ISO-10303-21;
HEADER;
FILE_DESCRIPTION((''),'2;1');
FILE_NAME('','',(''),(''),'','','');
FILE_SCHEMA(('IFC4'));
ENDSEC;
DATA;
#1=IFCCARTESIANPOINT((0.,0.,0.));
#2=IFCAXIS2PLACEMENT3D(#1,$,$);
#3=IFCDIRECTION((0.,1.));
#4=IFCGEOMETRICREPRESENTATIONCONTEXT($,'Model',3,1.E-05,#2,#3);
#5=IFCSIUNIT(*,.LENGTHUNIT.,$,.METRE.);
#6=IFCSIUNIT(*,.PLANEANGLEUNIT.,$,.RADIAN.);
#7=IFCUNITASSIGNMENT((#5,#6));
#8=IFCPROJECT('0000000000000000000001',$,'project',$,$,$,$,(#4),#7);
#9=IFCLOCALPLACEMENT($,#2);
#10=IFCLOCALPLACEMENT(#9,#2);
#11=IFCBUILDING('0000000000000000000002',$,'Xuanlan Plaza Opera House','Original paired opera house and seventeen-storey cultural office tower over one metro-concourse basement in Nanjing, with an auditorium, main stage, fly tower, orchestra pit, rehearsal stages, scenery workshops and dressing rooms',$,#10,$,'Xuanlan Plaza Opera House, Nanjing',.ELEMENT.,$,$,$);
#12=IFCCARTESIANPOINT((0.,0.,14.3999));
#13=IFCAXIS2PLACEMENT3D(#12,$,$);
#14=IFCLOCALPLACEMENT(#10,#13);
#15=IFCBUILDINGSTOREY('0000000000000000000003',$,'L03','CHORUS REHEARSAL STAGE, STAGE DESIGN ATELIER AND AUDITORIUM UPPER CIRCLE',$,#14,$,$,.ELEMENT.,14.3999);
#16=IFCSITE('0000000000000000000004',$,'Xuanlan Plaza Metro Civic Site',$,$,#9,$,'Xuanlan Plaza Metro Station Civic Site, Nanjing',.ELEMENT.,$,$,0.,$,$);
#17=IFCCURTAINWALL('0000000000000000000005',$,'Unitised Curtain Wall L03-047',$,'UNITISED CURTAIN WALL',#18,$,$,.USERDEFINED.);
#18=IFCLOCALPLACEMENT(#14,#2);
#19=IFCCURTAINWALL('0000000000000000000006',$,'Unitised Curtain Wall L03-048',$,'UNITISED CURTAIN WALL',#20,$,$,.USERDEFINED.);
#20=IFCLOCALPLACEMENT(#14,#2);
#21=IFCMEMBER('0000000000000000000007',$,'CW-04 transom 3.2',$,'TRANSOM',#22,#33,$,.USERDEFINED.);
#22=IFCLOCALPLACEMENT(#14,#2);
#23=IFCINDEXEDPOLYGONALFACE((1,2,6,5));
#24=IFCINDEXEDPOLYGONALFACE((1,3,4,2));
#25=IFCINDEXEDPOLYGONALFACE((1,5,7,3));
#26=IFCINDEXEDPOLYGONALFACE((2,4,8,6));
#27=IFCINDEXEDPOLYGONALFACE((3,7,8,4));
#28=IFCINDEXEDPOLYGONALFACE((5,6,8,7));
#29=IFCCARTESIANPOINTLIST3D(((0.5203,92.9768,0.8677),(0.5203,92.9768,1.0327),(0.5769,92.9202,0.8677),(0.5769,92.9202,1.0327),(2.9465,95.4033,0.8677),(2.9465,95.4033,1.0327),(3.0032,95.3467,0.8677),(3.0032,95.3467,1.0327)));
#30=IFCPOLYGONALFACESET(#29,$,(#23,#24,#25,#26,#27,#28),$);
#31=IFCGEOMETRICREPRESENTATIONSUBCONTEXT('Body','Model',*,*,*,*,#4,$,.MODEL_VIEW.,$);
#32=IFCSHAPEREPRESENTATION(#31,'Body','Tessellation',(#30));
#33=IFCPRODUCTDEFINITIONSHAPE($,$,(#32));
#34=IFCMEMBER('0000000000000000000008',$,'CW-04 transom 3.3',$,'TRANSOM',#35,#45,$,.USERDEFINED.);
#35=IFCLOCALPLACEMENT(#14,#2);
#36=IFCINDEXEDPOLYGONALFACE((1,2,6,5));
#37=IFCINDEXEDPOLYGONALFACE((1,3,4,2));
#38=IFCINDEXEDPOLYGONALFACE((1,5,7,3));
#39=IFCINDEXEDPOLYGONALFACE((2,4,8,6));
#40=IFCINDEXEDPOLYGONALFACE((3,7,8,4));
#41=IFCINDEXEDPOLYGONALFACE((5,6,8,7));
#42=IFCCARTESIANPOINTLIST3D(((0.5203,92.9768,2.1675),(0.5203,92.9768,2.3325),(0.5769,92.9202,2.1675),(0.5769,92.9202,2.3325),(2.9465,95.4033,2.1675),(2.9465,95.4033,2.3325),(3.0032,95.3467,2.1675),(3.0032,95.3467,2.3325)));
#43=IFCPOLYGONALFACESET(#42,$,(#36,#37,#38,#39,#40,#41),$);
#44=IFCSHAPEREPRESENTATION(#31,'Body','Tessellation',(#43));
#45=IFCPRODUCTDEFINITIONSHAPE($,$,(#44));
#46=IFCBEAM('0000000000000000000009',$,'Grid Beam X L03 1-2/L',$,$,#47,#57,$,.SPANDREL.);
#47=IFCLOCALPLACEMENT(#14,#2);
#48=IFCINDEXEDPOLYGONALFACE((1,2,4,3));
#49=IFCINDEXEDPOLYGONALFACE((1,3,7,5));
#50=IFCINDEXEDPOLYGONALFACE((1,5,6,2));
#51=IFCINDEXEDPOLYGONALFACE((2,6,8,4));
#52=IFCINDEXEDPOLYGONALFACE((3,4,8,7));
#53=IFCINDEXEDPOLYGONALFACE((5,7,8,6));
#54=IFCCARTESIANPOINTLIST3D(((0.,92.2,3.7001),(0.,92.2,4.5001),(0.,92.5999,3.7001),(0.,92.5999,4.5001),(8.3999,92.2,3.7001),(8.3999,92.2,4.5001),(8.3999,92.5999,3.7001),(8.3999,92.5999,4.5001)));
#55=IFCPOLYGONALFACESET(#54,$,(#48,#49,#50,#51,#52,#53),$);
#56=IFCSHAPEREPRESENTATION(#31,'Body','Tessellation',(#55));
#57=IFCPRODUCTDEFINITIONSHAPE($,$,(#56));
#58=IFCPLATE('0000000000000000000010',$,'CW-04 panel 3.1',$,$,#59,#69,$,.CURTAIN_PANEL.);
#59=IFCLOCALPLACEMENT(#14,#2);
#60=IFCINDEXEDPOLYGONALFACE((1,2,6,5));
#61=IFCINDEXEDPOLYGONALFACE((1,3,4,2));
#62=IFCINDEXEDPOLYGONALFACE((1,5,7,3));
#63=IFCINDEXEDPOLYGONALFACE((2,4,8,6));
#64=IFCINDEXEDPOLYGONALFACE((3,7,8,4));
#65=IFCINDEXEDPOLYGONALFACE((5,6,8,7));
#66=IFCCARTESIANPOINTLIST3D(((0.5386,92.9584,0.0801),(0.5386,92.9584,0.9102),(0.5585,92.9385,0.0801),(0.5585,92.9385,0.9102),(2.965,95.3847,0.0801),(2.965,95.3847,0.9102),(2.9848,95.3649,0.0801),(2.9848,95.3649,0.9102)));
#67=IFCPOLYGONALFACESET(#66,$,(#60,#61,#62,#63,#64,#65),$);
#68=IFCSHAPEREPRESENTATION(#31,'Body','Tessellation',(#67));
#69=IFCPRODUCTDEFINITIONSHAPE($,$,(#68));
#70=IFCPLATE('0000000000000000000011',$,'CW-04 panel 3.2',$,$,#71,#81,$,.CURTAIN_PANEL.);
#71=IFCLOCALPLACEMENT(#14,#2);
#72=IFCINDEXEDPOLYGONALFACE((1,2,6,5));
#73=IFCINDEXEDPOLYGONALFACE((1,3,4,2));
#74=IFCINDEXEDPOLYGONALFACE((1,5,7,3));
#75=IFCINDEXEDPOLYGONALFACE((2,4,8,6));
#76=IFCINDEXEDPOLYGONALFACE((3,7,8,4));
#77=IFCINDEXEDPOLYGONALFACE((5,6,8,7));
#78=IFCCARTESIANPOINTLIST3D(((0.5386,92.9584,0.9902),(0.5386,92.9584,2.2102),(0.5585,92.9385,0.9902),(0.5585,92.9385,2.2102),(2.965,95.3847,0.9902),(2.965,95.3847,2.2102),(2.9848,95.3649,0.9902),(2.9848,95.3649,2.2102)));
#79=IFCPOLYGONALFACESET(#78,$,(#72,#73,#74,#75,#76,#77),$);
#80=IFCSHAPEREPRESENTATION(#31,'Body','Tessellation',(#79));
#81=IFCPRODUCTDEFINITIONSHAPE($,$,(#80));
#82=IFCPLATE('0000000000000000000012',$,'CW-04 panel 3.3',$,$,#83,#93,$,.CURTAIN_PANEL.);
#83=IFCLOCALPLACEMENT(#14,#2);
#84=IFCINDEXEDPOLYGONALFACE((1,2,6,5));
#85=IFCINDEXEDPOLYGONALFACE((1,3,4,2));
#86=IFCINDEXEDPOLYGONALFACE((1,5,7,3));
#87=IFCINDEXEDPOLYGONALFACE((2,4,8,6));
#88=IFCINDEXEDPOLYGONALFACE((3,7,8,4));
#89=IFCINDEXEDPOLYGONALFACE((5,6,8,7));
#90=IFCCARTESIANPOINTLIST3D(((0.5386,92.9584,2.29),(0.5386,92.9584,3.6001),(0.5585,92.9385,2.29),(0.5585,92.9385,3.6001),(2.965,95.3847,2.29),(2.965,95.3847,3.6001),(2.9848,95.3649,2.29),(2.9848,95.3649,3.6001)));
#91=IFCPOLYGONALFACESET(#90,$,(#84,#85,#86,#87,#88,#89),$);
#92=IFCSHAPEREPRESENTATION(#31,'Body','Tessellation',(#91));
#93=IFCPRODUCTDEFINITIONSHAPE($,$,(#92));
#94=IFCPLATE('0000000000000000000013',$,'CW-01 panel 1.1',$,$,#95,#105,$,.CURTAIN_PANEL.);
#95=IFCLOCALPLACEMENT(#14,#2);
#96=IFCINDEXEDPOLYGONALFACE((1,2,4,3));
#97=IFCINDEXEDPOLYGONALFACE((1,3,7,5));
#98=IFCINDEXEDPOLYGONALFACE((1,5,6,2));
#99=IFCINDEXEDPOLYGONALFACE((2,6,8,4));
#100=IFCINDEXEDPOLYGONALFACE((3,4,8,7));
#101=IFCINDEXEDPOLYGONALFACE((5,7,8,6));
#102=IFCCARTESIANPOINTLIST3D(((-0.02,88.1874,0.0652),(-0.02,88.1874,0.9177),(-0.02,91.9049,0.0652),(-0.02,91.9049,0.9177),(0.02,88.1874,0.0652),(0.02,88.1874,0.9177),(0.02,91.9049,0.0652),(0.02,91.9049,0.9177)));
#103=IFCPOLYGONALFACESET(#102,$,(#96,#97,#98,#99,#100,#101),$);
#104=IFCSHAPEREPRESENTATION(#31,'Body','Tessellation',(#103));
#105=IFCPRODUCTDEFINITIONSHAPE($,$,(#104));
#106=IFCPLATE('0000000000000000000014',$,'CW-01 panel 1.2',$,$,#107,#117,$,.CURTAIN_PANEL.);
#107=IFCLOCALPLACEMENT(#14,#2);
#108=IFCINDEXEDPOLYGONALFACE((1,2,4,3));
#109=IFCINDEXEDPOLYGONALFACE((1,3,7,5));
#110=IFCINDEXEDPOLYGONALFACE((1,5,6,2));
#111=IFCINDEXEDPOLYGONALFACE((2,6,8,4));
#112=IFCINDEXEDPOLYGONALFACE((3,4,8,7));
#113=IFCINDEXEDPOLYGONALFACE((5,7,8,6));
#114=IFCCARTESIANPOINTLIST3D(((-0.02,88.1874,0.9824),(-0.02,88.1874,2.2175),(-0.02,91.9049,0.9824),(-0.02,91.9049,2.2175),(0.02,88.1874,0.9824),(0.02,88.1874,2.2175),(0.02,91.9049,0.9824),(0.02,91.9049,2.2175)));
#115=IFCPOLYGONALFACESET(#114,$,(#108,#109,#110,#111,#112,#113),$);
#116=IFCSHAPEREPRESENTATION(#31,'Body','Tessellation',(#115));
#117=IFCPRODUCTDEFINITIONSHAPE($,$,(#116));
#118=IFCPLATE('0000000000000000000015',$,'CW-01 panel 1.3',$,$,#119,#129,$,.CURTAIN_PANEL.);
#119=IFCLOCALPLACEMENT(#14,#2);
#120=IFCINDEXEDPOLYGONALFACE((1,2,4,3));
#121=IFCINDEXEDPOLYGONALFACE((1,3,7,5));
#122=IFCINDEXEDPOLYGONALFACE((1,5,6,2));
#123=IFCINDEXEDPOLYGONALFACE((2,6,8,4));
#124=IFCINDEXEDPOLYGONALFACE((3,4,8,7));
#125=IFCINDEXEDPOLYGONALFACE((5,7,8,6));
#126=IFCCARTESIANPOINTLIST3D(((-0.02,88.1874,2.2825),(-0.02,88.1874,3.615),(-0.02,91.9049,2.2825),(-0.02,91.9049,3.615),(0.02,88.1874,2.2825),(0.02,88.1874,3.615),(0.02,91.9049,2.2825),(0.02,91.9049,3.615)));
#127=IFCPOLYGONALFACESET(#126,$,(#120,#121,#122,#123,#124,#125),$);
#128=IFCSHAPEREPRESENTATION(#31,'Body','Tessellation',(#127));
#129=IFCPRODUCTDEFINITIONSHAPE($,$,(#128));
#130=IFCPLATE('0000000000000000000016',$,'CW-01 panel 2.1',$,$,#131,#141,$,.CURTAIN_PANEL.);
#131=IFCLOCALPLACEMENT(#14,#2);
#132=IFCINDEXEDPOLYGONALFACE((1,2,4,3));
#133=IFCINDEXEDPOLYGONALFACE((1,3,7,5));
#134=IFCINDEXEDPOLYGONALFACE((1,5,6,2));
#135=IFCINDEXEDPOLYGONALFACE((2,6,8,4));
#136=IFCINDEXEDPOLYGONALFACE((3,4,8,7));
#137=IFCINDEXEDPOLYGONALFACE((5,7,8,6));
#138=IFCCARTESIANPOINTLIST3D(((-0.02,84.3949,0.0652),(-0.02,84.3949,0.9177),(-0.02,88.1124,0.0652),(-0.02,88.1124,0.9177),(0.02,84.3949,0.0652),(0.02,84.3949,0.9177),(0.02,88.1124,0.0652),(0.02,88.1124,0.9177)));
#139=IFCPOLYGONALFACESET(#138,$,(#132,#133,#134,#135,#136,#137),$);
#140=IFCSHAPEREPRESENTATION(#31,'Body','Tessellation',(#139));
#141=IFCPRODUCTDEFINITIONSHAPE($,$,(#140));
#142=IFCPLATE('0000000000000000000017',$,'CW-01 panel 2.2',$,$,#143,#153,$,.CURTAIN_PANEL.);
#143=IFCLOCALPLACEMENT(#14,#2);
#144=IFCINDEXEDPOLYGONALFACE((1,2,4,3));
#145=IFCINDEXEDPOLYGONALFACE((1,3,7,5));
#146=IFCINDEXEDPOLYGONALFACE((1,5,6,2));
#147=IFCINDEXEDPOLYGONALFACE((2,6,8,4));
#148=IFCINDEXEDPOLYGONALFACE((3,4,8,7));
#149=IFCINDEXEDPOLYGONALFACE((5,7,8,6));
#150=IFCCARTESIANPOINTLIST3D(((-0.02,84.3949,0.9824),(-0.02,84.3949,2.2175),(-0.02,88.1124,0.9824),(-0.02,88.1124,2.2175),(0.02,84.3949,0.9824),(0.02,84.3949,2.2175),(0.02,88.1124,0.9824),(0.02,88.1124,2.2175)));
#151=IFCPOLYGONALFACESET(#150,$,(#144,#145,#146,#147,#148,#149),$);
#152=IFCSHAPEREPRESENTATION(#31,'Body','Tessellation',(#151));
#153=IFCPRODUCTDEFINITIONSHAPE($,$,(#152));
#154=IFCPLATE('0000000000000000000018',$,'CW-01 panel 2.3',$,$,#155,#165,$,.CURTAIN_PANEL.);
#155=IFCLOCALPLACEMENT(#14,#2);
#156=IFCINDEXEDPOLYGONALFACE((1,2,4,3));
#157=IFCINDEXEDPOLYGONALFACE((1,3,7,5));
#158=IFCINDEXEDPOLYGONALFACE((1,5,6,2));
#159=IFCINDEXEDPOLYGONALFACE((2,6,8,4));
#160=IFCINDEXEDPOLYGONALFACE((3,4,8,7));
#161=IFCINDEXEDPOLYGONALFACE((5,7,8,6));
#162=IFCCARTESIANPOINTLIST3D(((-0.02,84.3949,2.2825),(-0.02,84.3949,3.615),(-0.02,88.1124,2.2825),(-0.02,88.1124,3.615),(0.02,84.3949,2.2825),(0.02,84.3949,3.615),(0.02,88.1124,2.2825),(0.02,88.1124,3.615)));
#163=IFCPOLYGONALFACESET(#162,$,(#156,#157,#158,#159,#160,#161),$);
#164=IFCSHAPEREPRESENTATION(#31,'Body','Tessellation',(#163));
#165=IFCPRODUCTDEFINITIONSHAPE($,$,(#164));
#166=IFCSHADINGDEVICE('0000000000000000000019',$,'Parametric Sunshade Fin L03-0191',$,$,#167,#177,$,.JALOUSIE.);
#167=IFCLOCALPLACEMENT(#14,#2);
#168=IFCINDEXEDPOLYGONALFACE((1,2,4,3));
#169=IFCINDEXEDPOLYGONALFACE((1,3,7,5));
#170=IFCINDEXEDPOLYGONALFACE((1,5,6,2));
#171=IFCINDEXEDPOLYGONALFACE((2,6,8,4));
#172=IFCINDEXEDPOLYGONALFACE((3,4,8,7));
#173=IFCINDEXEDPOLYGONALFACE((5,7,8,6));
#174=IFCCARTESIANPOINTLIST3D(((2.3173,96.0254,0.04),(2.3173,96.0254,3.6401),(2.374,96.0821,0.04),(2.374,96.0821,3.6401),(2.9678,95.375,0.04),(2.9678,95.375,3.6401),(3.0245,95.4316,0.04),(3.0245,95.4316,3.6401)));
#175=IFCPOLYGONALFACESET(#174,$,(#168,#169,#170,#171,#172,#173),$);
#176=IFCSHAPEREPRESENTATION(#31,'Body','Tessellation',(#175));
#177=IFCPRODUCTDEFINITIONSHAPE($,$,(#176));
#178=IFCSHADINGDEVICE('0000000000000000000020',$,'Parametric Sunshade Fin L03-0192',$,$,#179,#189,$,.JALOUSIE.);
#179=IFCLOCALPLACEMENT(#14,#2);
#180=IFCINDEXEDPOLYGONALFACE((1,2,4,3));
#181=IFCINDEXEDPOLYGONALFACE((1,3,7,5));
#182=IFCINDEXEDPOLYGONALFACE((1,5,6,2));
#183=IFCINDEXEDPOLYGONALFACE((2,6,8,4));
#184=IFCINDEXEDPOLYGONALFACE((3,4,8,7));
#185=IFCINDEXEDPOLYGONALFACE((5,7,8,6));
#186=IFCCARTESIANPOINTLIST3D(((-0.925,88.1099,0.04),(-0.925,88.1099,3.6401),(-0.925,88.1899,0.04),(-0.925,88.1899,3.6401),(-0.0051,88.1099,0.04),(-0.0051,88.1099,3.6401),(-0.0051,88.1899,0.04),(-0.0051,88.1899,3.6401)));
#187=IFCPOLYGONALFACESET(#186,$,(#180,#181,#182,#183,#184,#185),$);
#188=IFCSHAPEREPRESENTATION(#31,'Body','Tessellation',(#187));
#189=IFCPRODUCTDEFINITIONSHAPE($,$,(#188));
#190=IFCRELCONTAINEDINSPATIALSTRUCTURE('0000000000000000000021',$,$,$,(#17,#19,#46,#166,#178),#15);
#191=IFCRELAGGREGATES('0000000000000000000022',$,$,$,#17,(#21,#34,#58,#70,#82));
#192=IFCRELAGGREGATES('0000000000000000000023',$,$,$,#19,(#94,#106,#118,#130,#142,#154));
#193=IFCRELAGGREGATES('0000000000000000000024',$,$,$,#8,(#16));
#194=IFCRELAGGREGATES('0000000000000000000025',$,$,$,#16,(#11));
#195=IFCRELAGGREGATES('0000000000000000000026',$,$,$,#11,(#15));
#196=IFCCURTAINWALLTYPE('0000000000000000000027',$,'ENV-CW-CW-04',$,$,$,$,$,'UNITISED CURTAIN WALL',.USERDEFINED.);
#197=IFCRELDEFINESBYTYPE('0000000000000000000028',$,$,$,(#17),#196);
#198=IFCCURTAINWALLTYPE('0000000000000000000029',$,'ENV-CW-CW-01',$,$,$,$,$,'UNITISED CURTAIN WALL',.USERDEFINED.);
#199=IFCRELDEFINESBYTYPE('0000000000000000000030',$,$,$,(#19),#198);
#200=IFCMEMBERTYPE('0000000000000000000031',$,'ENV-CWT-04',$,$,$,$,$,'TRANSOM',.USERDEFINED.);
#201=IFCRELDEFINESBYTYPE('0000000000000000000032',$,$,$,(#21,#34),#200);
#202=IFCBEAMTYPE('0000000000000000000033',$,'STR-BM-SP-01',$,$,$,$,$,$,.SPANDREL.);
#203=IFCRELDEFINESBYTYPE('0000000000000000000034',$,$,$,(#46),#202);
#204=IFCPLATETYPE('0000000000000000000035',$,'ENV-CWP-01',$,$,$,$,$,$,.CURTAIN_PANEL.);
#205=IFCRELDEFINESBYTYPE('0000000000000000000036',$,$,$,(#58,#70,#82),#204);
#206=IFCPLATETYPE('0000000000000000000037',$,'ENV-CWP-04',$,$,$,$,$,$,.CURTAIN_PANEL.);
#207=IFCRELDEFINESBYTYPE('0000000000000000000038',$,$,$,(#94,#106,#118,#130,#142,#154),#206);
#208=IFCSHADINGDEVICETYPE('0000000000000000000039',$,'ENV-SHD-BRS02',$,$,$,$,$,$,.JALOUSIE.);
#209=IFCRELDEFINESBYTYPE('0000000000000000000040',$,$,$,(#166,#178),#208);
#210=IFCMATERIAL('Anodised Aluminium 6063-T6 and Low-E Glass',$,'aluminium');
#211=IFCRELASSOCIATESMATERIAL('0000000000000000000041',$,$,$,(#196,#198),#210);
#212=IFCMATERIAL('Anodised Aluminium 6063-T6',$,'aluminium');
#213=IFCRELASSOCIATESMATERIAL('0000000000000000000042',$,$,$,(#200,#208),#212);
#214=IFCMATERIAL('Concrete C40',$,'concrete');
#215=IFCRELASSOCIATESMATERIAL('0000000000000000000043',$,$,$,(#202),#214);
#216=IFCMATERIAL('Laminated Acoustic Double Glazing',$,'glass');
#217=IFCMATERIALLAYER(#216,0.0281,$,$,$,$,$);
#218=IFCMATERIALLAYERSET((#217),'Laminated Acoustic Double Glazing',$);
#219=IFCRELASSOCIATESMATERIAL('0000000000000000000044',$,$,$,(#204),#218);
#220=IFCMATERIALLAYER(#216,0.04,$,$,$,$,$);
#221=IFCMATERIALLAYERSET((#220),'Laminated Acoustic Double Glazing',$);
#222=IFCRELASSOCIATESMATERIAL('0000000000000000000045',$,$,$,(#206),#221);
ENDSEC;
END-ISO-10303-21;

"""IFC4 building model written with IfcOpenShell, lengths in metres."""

from ifc_helpers import new_model, si_unit, direction, frame, origin, origin_2d, place, context, subcontext, project, spatial, rectangle, extrude, material, layer, layer_set, material_profile, profile_set, type_object, element, aggregate, save


model = new_model("IFC4")

# Units and contexts
model_context = context("Model", 3, precision=1e-05, world=origin(), true_north=direction((0.0, 1.0)))
body_context = subcontext(model_context, "Body", "Model", "MODEL_VIEW")
ifc_project = project(units=[si_unit("LENGTHUNIT", "METRE"), si_unit("PLANEANGLEUNIT", "RADIAN")], contexts=[model_context])

# Site, building, storey
site_placement = place(None, origin())
site = spatial("IfcSite", under=ifc_project, at=site_placement, Name="Xuanlan Plaza Metro Civic Site", LongName="Xuanlan Plaza Metro Station Civic Site, Nanjing", CompositionType="ELEMENT", RefElevation=0.0)
building_placement = place(site_placement, origin())
building = spatial("IfcBuilding", under=site, at=building_placement, Name="Xuanlan Plaza Opera House", Description="Original paired opera house and seventeen-storey cultural office tower over one metro-concourse basement in Nanjing, with an auditorium, main stage, fly tower, orchestra pit, rehearsal stages, scenery workshops and dressing rooms", LongName="Xuanlan Plaza Opera House, Nanjing", CompositionType="ELEMENT")
storey_placement = place(building_placement, frame((0.0, 0.0, 14.3999)))
storey = spatial("IfcBuildingStorey", under=building, at=storey_placement, Name="L03", Description="CHORUS REHEARSAL STAGE, STAGE DESIGN ATELIER AND AUDITORIUM UPPER CIRCLE", CompositionType="ELEMENT", Elevation=14.3999)

# Shared definitions
ifc_material_1 = material(Name="Concrete C40", Category="concrete")

# Curtain wall
ifc_material_2 = material(Name="Anodised Aluminium 6063-T6 and Low-E Glass", Category="aluminium")
curtain_wall_type_1 = type_object("IfcCurtainWallType", Name="ENV-CW-CW-04", ElementType="UNITISED CURTAIN WALL", PredefinedType="USERDEFINED", material=ifc_material_2)
curtain_wall_1_placement = place(storey_placement, origin())
curtain_wall_1 = element("IfcCurtainWall", 1, at=curtain_wall_1_placement, inside=storey, type_object=curtain_wall_type_1, Name="Unitised Curtain Wall L03-047", ObjectType="UNITISED CURTAIN WALL", PredefinedType="USERDEFINED")
ifc_material_3 = material(Name="Anodised Aluminium 6063-T6", Category="aluminium")

# Curtain wall
curtain_wall_type_2 = type_object("IfcCurtainWallType", Name="ENV-CW-CW-01", ElementType="UNITISED CURTAIN WALL", PredefinedType="USERDEFINED", material=ifc_material_2)
curtain_wall_2_placement = place(storey_placement, origin())
curtain_wall_2 = element("IfcCurtainWall", 2, at=curtain_wall_2_placement, inside=storey, type_object=curtain_wall_type_2, Name="Unitised Curtain Wall L03-048", ObjectType="UNITISED CURTAIN WALL", PredefinedType="USERDEFINED")

# Members
ifc_material_profile_1 = material_profile(ifc_material_3, rectangle(XDim=0.0801, YDim=0.165, at=origin_2d()), Name="ALU-T 80x165")
ifc_profile_set_1 = profile_set([ifc_material_profile_1], Name="Anodised Aluminium 6063-T6")
member_type_1 = type_object("IfcMemberType", Name="ENV-CWT-04", ElementType="TRANSOM", PredefinedType="USERDEFINED", material=ifc_profile_set_1)
member_1_placement = place(storey_placement, frame((2.9749, 95.375, 0.9502), z_axis=(-0.707071, -0.707142, 0.0), x_axis=(0.707142, -0.707071, 0.0)))
member_1 = element("IfcMember", 3, at=member_1_placement, type_object=member_type_1, Name="CW-04 transom 3.2", ObjectType="TRANSOM", PredefinedType="USERDEFINED", context=body_context, shape_type="SweptSolid", body=[
    extrude(rectangle(XDim=0.0801, YDim=0.165, at=origin_2d()), origin(), (0.0, 0.0, 1.0), 3.4314),
])
member_2_placement = place(storey_placement, frame((2.9749, 95.375, 2.25), z_axis=(-0.707071, -0.707142, 0.0), x_axis=(0.707142, -0.707071, 0.0)))
member_2 = element("IfcMember", 4, at=member_2_placement, type_object=member_type_1, Name="CW-04 transom 3.3", ObjectType="TRANSOM", PredefinedType="USERDEFINED", context=body_context, shape_type="SweptSolid", body=[
    extrude(rectangle(XDim=0.0801, YDim=0.165, at=origin_2d()), origin(), (0.0, 0.0, 1.0), 3.4314),
])

# Beam
ifc_material_profile_2 = material_profile(ifc_material_1, rectangle(XDim=0.3999, YDim=0.8, at=origin_2d()), Name="RC-SPD 400x800")
ifc_profile_set_2 = profile_set([ifc_material_profile_2], Name="Concrete C40")
beam_type = type_object("IfcBeamType", Name="STR-BM-SP-01", PredefinedType="SPANDREL", material=ifc_profile_set_2)
beam_placement = place(storey_placement, frame((0.0, 92.3999, 4.1001), z_axis=(1.0, 0.0, 0.0), x_axis=(0.0, 1.0, 0.0)))
element("IfcBeam", 5, at=beam_placement, inside=storey, type_object=beam_type, Name="Grid Beam X L03 1-2/L", PredefinedType="SPANDREL", context=body_context, shape_type="SweptSolid", body=[
    extrude(rectangle(XDim=0.3999, YDim=0.8, at=origin_2d()), origin(), (0.0, 0.0, 1.0), 8.3999),
])

# Plates
ifc_material_4 = material(Name="Laminated Acoustic Double Glazing", Category="glass")
ifc_layer_1 = layer(ifc_material_4, 0.0281)
ifc_layer_set_1 = layer_set([ifc_layer_1], Name="Laminated Acoustic Double Glazing")
plate_type_1 = type_object("IfcPlateType", Name="ENV-CWP-01", PredefinedType="CURTAIN_PANEL", material=ifc_layer_set_1)
plate_1_placement = place(storey_placement, frame((1.7617, 94.1616, 0.0801), z_axis=(0.0, 0.0, 1.0), x_axis=(-0.707107, -0.707107, 0.0)))
plate_1 = element("IfcPlate", 6, at=plate_1_placement, type_object=plate_type_1, Name="CW-04 panel 3.1", PredefinedType="CURTAIN_PANEL", context=body_context, shape_type="SweptSolid", body=[
    extrude(rectangle(XDim=3.4314, YDim=0.0281, at=origin_2d()), origin(), (0.0, 0.0, 1.0), 0.8301),
])
plate_2_placement = place(storey_placement, frame((1.7617, 94.1616, 0.9902), z_axis=(0.0, 0.0, 1.0), x_axis=(-0.707107, -0.707107, 0.0)))
plate_2 = element("IfcPlate", 7, at=plate_2_placement, type_object=plate_type_1, Name="CW-04 panel 3.2", PredefinedType="CURTAIN_PANEL", context=body_context, shape_type="SweptSolid", body=[
    extrude(rectangle(XDim=3.4314, YDim=0.0281, at=origin_2d()), origin(), (0.0, 0.0, 1.0), 1.22),
])
plate_3_placement = place(storey_placement, frame((1.7617, 94.1616, 2.29), z_axis=(0.0, 0.0, 1.0), x_axis=(-0.707107, -0.707107, 0.0)))
plate_3 = element("IfcPlate", 8, at=plate_3_placement, type_object=plate_type_1, Name="CW-04 panel 3.3", PredefinedType="CURTAIN_PANEL", context=body_context, shape_type="SweptSolid", body=[
    extrude(rectangle(XDim=3.4314, YDim=0.0281, at=origin_2d()), origin(), (0.0, 0.0, 1.0), 1.3101),
])
aggregate(curtain_wall_1, [member_1, member_2, plate_1, plate_2, plate_3])
ifc_layer_2 = layer(ifc_material_4, 0.04)
ifc_layer_set_2 = layer_set([ifc_layer_2], Name="Laminated Acoustic Double Glazing")
plate_type_2 = type_object("IfcPlateType", Name="ENV-CWP-04", PredefinedType="CURTAIN_PANEL", material=ifc_layer_set_2)
plate_4_placement = place(storey_placement, frame((0.0, 90.0461, 0.0652), z_axis=(0.0, 0.0, 1.0), x_axis=(0.0, -1.0, 0.0)))
plate_4 = element("IfcPlate", 9, at=plate_4_placement, type_object=plate_type_2, Name="CW-01 panel 1.1", PredefinedType="CURTAIN_PANEL", context=body_context, shape_type="SweptSolid", body=[
    extrude(rectangle(XDim=3.7175, YDim=0.04, at=origin_2d()), origin(), (0.0, 0.0, 1.0), 0.8525),
])
plate_5_placement = place(storey_placement, frame((0.0, 90.0461, 0.9824), z_axis=(0.0, 0.0, 1.0), x_axis=(0.0, -1.0, 0.0)))
plate_5 = element("IfcPlate", 10, at=plate_5_placement, type_object=plate_type_2, Name="CW-01 panel 1.2", PredefinedType="CURTAIN_PANEL", context=body_context, shape_type="SweptSolid", body=[
    extrude(rectangle(XDim=3.7175, YDim=0.04, at=origin_2d()), origin(), (0.0, 0.0, 1.0), 1.2351),
])
plate_6_placement = place(storey_placement, frame((0.0, 90.0461, 2.2825), z_axis=(0.0, 0.0, 1.0), x_axis=(0.0, -1.0, 0.0)))
plate_6 = element("IfcPlate", 11, at=plate_6_placement, type_object=plate_type_2, Name="CW-01 panel 1.3", PredefinedType="CURTAIN_PANEL", context=body_context, shape_type="SweptSolid", body=[
    extrude(rectangle(XDim=3.7175, YDim=0.04, at=origin_2d()), origin(), (0.0, 0.0, 1.0), 1.3325),
])
plate_7_placement = place(storey_placement, frame((0.0, 86.2537, 0.0652), z_axis=(0.0, 0.0, 1.0), x_axis=(0.0, -1.0, 0.0)))
plate_7 = element("IfcPlate", 12, at=plate_7_placement, type_object=plate_type_2, Name="CW-01 panel 2.1", PredefinedType="CURTAIN_PANEL", context=body_context, shape_type="SweptSolid", body=[
    extrude(rectangle(XDim=3.7175, YDim=0.04, at=origin_2d()), origin(), (0.0, 0.0, 1.0), 0.8525),
])
plate_8_placement = place(storey_placement, frame((0.0, 86.2537, 0.9824), z_axis=(0.0, 0.0, 1.0), x_axis=(0.0, -1.0, 0.0)))
plate_8 = element("IfcPlate", 13, at=plate_8_placement, type_object=plate_type_2, Name="CW-01 panel 2.2", PredefinedType="CURTAIN_PANEL", context=body_context, shape_type="SweptSolid", body=[
    extrude(rectangle(XDim=3.7175, YDim=0.04, at=origin_2d()), origin(), (0.0, 0.0, 1.0), 1.2351),
])
plate_9_placement = place(storey_placement, frame((0.0, 86.2537, 2.2825), z_axis=(0.0, 0.0, 1.0), x_axis=(0.0, -1.0, 0.0)))
plate_9 = element("IfcPlate", 14, at=plate_9_placement, type_object=plate_type_2, Name="CW-01 panel 2.3", PredefinedType="CURTAIN_PANEL", context=body_context, shape_type="SweptSolid", body=[
    extrude(rectangle(XDim=3.7175, YDim=0.04, at=origin_2d()), origin(), (0.0, 0.0, 1.0), 1.3325),
])
aggregate(curtain_wall_2, [plate_4, plate_5, plate_6, plate_7, plate_8, plate_9])

# Shading devices
shading_device_type = type_object("IfcShadingDeviceType", Name="ENV-SHD-BRS02", PredefinedType="JALOUSIE", material=ifc_material_3)
for number, where, z_axis, x_axis, name in (
    (15, (2.6709, 95.7285, 0.04), (0.0, 0.0, 1.0), (-0.707107, 0.707107, 0.0), "Parametric Sunshade Fin L03-0191"),
    (16, (-0.4651, 88.1499, 0.04), (0.0, 0.0, 1.0), (-1.0, 0.0, 0.0), "Parametric Sunshade Fin L03-0192"),
):
    element("IfcShadingDevice", number, at=place(storey_placement, frame(where, z_axis=z_axis, x_axis=x_axis)), inside=storey, type_object=shading_device_type, Name=name, PredefinedType="JALOUSIE", context=body_context, shape_type="SweptSolid", body=[
        extrude(rectangle(XDim=0.9199, YDim=0.0801, at=origin_2d()), origin(), (0.0, 0.0, 1.0), 3.6001),
    ])

save(model, "model.ifc")
